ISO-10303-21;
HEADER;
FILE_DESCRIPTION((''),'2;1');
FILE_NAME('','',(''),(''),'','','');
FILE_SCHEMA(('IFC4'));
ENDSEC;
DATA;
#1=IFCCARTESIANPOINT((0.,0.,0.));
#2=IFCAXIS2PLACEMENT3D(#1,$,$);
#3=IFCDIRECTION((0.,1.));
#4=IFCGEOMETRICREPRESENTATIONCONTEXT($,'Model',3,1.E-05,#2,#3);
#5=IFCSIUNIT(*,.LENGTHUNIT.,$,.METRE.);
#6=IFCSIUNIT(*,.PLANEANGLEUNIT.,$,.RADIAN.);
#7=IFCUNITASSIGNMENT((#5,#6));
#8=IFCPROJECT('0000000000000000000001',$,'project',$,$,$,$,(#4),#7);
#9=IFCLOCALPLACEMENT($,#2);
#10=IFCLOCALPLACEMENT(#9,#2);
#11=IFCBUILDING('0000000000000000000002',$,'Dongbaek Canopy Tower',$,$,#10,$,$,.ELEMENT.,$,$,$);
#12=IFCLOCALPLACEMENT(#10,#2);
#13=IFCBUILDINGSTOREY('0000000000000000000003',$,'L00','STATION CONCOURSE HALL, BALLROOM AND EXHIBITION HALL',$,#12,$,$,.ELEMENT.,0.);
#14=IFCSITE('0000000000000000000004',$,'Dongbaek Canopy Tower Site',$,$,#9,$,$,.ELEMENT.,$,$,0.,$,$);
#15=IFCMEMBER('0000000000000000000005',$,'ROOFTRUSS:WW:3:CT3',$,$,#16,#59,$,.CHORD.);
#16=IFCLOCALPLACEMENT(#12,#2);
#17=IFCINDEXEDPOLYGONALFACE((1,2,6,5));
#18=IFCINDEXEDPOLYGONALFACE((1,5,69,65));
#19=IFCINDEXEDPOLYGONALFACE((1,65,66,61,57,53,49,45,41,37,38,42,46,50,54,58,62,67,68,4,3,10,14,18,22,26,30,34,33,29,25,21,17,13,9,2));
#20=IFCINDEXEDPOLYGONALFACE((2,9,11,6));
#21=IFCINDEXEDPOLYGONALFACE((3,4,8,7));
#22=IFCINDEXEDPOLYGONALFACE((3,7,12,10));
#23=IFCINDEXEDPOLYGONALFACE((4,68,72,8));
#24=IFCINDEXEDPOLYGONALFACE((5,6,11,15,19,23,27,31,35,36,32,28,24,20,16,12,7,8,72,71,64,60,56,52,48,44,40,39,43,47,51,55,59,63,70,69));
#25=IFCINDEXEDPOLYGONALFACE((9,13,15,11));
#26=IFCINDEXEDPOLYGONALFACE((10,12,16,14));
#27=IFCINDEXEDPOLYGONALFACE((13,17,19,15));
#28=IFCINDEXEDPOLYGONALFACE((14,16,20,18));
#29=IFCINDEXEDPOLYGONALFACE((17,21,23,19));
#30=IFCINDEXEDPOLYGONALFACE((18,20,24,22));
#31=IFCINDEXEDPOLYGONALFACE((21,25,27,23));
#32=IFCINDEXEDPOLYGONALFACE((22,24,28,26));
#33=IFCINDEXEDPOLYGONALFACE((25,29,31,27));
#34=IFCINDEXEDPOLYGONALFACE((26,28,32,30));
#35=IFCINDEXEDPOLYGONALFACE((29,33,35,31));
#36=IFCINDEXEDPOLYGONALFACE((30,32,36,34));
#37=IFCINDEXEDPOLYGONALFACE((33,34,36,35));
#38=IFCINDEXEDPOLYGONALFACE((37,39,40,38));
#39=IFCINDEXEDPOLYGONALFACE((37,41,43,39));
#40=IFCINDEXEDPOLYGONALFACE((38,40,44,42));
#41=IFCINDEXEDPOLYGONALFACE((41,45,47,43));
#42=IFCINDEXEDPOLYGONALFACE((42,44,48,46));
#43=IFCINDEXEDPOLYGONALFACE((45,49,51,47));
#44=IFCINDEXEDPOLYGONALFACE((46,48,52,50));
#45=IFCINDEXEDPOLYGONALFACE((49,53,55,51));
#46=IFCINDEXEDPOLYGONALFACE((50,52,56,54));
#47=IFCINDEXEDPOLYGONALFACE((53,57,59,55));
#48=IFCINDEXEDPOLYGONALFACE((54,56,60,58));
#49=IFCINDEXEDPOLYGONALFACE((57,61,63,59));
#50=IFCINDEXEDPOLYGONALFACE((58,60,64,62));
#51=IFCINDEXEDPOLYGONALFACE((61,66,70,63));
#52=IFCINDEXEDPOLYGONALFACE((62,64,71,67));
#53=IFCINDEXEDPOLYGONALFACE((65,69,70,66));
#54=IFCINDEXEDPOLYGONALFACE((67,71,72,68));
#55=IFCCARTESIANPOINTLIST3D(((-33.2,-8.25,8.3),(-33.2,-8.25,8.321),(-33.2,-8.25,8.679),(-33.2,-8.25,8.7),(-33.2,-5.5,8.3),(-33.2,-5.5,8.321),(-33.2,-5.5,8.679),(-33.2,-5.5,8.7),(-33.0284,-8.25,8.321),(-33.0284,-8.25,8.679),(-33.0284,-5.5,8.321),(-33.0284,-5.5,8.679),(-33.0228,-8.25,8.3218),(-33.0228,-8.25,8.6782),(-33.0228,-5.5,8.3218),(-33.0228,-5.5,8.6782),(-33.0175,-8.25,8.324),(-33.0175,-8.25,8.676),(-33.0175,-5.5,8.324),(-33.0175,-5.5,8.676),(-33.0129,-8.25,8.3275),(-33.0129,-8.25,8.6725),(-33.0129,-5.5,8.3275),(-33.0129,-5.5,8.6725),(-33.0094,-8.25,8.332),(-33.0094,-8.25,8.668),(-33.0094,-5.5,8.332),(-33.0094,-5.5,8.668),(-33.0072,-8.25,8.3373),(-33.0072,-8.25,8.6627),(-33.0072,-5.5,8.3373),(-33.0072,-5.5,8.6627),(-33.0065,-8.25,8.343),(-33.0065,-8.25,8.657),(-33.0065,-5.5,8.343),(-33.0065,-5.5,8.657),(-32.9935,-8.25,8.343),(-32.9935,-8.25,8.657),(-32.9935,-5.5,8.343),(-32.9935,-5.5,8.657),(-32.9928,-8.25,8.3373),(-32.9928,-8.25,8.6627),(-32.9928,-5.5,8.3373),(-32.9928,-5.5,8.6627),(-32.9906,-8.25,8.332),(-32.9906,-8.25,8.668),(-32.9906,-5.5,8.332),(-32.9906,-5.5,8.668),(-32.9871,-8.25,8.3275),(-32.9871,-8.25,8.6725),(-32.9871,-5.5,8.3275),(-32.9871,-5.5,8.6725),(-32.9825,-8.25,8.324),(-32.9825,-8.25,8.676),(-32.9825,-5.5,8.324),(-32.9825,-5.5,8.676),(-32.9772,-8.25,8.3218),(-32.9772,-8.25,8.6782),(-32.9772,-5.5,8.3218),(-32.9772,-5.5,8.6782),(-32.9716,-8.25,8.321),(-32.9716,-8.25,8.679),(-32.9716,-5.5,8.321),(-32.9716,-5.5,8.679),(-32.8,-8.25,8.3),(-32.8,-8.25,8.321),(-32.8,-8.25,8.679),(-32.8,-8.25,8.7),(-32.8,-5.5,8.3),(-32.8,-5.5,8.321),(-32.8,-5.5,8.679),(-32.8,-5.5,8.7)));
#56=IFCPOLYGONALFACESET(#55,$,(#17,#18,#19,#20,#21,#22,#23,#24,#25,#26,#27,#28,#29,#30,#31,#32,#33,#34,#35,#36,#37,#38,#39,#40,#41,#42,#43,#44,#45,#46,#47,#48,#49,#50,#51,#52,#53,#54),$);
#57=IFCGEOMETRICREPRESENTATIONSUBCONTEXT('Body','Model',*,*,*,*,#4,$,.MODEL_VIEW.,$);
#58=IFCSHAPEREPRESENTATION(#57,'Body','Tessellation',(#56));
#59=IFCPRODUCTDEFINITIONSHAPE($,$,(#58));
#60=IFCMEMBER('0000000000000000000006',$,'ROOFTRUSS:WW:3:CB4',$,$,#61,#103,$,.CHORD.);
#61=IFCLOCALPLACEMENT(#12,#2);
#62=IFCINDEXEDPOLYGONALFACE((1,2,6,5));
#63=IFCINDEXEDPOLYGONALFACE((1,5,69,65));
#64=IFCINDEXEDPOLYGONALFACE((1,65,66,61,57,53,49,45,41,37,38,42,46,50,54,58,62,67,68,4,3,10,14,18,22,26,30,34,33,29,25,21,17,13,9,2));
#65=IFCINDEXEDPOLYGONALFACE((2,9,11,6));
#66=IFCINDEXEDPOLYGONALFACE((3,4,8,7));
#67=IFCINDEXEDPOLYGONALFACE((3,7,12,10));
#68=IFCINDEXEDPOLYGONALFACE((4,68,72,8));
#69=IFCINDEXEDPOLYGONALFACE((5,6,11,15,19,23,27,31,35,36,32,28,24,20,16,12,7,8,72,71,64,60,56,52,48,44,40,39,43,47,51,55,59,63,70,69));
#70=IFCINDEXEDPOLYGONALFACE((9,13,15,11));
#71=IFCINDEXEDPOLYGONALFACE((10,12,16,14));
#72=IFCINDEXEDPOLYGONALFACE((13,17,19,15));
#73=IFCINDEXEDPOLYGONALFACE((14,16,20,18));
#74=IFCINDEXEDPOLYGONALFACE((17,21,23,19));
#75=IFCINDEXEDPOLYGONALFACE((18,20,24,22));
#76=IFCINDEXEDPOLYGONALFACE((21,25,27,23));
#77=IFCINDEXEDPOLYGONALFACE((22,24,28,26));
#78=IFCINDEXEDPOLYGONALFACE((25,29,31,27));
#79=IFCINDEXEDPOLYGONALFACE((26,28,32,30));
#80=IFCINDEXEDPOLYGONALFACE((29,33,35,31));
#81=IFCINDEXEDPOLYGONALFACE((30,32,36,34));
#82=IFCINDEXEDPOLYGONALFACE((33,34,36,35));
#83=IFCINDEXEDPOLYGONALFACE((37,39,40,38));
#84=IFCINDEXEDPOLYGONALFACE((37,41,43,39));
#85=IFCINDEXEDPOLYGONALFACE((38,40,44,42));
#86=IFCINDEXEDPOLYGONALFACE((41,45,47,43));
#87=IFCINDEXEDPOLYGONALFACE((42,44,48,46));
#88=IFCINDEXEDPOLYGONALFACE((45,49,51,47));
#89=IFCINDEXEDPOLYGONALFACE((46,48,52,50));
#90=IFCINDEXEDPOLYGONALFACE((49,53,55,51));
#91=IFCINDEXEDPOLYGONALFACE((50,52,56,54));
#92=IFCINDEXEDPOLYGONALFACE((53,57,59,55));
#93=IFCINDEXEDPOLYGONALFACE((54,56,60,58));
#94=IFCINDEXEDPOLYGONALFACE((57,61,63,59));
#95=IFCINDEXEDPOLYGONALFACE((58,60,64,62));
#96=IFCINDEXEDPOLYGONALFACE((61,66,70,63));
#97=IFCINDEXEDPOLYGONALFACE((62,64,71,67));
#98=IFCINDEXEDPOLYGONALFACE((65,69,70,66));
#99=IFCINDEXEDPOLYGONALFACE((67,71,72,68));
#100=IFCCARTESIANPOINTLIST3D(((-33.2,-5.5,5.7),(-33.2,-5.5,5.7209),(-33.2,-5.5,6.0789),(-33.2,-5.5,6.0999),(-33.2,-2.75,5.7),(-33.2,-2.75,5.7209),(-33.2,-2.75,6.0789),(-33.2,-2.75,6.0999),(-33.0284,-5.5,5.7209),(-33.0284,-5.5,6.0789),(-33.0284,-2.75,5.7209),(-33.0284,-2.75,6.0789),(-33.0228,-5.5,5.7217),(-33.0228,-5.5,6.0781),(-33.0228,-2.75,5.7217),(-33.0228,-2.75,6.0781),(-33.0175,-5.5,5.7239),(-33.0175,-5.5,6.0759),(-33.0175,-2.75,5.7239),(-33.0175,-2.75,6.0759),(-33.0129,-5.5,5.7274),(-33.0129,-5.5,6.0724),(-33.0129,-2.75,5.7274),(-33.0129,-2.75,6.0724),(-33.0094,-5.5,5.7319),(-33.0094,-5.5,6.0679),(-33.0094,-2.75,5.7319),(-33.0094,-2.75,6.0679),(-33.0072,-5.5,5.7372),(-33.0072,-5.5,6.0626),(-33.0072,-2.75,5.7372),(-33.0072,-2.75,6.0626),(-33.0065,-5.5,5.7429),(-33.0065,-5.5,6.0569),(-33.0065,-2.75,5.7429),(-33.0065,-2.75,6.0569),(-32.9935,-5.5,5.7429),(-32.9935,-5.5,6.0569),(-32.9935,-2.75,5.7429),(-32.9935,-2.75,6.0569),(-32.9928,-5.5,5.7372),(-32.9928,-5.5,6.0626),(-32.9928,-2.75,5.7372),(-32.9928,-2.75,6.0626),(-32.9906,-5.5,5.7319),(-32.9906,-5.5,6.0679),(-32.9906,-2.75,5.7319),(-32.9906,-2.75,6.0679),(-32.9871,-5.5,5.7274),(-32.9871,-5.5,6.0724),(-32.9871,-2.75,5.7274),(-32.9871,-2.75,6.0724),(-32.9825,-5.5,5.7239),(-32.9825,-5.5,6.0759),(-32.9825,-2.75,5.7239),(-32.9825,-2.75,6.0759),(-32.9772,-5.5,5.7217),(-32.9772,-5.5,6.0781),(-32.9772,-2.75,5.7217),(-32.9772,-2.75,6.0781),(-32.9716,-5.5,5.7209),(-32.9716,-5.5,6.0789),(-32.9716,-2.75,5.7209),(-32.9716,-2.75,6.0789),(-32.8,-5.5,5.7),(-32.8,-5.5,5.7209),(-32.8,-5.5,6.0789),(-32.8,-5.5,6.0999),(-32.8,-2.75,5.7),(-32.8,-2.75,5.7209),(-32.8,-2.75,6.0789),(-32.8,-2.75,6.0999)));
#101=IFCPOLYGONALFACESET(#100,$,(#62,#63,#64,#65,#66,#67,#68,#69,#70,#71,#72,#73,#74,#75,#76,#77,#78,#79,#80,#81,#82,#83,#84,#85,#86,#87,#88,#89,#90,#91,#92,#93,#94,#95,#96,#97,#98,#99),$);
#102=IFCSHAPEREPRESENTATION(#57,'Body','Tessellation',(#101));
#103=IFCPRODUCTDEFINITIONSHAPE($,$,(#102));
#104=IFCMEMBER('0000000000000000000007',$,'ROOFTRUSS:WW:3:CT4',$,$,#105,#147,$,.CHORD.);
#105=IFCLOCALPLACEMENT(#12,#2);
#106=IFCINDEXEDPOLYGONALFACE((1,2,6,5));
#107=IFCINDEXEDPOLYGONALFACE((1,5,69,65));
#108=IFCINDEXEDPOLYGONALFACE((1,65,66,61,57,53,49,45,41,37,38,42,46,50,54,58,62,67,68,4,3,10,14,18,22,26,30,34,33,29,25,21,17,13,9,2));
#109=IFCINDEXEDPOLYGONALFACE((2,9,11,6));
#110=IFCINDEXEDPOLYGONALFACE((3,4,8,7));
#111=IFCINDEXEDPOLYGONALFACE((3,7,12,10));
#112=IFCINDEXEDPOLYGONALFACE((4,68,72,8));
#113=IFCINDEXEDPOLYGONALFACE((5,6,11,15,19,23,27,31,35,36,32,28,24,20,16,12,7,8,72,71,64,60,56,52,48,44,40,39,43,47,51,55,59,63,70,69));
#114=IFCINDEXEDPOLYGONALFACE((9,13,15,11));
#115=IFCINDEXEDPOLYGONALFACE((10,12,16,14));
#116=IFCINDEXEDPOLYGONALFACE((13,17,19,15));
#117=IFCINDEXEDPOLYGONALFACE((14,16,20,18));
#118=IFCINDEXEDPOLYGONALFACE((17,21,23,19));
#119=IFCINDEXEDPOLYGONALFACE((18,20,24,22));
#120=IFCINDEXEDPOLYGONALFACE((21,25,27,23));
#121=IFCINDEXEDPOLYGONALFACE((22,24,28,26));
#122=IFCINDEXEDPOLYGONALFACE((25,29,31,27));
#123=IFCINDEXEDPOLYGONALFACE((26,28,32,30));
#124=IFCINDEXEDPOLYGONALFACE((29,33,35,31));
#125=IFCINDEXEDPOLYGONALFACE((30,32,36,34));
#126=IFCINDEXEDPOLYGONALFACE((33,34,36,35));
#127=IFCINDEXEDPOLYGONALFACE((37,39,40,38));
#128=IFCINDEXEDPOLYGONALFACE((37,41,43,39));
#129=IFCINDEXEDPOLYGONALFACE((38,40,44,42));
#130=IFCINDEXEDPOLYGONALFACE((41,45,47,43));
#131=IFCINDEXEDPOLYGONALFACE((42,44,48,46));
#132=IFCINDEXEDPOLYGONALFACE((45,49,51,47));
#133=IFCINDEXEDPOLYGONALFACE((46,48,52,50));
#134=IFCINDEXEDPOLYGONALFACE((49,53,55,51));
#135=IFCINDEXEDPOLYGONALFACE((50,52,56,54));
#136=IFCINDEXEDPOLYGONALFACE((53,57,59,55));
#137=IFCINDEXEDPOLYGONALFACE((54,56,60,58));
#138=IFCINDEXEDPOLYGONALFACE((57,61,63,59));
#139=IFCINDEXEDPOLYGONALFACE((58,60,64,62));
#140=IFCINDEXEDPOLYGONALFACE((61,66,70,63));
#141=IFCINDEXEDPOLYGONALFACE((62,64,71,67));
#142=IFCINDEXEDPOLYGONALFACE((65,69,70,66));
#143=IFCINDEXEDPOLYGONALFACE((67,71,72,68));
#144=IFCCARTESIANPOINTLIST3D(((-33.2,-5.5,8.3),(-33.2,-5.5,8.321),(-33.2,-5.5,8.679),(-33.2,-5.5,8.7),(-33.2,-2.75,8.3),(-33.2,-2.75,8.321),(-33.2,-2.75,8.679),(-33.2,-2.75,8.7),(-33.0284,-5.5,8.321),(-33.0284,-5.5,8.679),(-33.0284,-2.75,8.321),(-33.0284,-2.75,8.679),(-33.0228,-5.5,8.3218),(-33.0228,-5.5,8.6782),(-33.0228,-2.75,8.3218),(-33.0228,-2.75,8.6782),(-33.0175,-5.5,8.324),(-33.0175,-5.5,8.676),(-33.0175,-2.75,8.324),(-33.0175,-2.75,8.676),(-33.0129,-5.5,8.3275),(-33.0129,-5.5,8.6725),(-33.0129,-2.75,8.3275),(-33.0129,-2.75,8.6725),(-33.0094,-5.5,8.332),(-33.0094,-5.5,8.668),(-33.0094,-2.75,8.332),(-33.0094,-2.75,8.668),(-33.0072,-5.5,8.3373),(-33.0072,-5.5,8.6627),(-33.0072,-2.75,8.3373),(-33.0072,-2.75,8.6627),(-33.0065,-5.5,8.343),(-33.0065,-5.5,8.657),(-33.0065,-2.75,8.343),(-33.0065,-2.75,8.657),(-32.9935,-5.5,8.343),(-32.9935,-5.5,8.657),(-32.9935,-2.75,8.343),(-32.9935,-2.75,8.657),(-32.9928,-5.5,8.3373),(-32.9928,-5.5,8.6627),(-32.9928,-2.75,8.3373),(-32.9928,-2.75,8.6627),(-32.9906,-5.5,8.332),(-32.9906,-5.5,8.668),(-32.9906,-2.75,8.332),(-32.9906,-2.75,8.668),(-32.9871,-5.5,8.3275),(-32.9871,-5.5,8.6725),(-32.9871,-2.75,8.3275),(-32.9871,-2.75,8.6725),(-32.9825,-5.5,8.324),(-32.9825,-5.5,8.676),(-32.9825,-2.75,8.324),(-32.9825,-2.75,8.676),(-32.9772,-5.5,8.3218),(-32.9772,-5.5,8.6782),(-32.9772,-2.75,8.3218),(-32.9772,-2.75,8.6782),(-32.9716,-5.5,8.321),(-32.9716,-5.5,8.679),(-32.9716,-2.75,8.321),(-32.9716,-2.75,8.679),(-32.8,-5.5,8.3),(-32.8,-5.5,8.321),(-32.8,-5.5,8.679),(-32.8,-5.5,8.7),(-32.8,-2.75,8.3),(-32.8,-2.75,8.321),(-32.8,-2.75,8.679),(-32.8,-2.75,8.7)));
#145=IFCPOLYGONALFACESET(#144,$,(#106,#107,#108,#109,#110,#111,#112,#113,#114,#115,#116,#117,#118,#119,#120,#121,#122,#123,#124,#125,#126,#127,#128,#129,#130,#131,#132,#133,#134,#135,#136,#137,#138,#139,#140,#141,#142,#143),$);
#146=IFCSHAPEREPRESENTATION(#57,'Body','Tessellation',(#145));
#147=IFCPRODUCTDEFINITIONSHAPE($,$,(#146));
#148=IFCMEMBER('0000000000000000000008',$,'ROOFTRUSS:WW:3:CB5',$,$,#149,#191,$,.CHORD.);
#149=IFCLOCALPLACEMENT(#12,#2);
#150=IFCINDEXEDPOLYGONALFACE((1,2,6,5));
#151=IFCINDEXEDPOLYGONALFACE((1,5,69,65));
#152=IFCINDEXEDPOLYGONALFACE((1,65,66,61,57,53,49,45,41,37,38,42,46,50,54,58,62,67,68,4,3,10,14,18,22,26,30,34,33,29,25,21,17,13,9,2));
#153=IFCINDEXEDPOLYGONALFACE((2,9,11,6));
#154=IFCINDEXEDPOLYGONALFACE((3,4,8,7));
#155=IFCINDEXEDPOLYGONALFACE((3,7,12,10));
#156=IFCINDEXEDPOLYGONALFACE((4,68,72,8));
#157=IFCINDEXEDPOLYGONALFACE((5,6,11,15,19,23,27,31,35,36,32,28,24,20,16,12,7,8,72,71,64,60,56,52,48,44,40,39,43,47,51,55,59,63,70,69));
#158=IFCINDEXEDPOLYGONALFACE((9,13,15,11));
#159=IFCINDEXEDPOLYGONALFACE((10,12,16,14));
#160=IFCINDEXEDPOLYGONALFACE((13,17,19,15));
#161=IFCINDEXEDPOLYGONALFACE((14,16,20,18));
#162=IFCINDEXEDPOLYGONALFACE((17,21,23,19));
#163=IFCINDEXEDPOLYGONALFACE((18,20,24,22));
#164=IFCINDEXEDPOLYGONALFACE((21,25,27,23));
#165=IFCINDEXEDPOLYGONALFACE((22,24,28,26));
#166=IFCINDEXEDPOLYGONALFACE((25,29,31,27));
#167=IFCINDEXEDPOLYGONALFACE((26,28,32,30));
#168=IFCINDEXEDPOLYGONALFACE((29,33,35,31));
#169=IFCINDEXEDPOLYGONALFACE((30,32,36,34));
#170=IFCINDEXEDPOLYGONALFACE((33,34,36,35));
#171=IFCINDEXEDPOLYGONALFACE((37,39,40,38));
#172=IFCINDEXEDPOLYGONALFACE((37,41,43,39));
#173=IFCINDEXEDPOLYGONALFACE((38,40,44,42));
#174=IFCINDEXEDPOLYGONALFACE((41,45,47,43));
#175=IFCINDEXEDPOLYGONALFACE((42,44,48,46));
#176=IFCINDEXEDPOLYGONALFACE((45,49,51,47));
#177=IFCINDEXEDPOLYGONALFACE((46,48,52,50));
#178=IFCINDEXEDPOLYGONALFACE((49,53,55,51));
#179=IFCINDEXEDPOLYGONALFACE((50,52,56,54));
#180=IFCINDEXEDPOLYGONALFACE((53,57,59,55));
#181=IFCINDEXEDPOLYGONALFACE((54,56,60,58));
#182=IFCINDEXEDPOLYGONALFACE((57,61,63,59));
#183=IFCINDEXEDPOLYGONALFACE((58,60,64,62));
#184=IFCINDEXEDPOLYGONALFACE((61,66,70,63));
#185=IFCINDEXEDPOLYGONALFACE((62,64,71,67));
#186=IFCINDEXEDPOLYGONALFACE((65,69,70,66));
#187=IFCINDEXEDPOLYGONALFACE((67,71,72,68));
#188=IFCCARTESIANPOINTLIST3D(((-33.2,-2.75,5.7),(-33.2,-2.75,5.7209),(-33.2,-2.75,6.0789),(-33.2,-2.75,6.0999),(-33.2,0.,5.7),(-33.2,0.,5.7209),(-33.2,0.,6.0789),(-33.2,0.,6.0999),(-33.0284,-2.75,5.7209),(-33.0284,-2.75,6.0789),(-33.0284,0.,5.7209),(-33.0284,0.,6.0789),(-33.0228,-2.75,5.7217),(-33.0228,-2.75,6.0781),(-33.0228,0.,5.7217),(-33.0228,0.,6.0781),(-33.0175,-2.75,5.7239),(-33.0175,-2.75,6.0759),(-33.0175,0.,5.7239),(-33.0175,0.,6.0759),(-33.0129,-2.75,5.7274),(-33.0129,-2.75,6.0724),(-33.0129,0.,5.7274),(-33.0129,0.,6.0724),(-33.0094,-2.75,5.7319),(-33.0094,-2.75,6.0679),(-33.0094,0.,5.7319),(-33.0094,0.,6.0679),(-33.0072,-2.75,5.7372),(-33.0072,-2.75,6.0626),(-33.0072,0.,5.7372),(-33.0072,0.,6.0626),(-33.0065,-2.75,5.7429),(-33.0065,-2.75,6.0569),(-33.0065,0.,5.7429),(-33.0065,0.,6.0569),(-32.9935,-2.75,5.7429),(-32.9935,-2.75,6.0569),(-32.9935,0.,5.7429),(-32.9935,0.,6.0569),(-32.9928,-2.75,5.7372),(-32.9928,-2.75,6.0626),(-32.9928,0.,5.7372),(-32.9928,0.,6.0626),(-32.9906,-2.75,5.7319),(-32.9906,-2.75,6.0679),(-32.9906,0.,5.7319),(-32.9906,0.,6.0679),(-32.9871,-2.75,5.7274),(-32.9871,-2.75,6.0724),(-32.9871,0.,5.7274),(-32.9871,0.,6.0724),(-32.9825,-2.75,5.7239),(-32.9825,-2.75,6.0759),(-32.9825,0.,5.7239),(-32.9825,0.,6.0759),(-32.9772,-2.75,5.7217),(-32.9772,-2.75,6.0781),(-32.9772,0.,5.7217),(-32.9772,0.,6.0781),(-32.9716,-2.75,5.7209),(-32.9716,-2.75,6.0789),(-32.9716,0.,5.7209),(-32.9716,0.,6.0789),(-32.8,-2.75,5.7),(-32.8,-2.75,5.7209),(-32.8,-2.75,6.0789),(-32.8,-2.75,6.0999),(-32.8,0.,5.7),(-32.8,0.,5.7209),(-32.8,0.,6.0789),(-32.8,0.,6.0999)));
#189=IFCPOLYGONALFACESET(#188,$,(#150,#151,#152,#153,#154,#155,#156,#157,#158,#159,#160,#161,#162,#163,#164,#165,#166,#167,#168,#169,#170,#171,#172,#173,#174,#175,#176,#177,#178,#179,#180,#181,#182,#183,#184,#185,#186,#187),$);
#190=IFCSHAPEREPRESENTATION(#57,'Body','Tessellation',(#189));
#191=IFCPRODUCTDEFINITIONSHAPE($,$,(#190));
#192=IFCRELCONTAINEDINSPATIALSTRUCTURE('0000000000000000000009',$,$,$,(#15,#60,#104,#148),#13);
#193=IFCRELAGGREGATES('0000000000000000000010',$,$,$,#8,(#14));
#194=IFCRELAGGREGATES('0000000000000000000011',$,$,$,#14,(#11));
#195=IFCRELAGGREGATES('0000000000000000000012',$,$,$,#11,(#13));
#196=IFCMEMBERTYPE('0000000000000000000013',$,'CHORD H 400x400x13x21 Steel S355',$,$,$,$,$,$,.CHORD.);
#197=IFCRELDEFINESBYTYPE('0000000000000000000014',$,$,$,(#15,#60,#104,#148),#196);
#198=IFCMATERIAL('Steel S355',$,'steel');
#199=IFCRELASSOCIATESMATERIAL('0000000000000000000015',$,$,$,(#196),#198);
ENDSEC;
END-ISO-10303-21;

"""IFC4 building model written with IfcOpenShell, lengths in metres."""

from ifc_helpers import new_model, si_unit, direction, frame, origin, origin_2d, place, context, subcontext, project, spatial, i_section, extrude, material, material_profile, profile_set, type_object, element, save


model = new_model("IFC4")

# Units and contexts
model_context = context("Model", 3, precision=1e-05, world=origin(), true_north=direction((0.0, 1.0)))
body_context = subcontext(model_context, "Body", "Model", "MODEL_VIEW")
ifc_project = project(units=[si_unit("LENGTHUNIT", "METRE"), si_unit("PLANEANGLEUNIT", "RADIAN")], contexts=[model_context])

# Site, building, storey
site_placement = place(None, origin())
site = spatial("IfcSite", under=ifc_project, at=site_placement, Name="Dongbaek Canopy Tower Site", CompositionType="ELEMENT", RefElevation=0.0)
building_placement = place(site_placement, origin())
building = spatial("IfcBuilding", under=site, at=building_placement, Name="Dongbaek Canopy Tower", CompositionType="ELEMENT")
storey_placement = place(building_placement, origin())
storey = spatial("IfcBuildingStorey", under=building, at=storey_placement, Name="L00", Description="STATION CONCOURSE HALL, BALLROOM AND EXHIBITION HALL", CompositionType="ELEMENT", Elevation=0.0)

# Members
ifc_material_1 = material(Name="Steel S355", Category="steel")
ifc_material_profile_1 = material_profile(ifc_material_1, i_section(OverallWidth=0.3999, OverallDepth=0.3999, WebThickness=0.0129, FlangeThickness=0.021, FilletRadius=0.022, at=origin_2d()), Name="CHORD H 400x400x13x21 Steel S355")
ifc_profile_set_1 = profile_set([ifc_material_profile_1], Name="Steel S355")
member_type_1 = type_object("IfcMemberType", Name="CHORD H 400x400x13x21 Steel S355", PredefinedType="CHORD", material=ifc_profile_set_1)
for number, where, z_axis, x_axis, name in (
    (1, (-33.0, -8.25, 8.5), (0.0, 1.0, 0.0), (-1.0, 0.0, 0.0), "ROOFTRUSS:WW:3:CT3"),
    (2, (-33.0, -5.5, 5.8999), (0.0, 1.0, 0.0), (-1.0, 0.0, 0.0), "ROOFTRUSS:WW:3:CB4"),
    (3, (-33.0, -5.5, 8.5), (0.0, 1.0, 0.0), (-1.0, 0.0, 0.0), "ROOFTRUSS:WW:3:CT4"),
    (4, (-33.0, -2.75, 5.8999), (0.0, 1.0, 0.0), (-1.0, 0.0, 0.0), "ROOFTRUSS:WW:3:CB5"),
):
    element("IfcMember", number, at=place(storey_placement, frame(where, z_axis=z_axis, x_axis=x_axis)), inside=storey, type_object=member_type_1, Name=name, PredefinedType="CHORD", context=body_context, shape_type="SweptSolid", body=[
        extrude(i_section(OverallWidth=0.3999, OverallDepth=0.3999, WebThickness=0.0129, FlangeThickness=0.021, FilletRadius=0.022, at=origin_2d()), origin(), (0.0, 0.0, 1.0), 2.75),
    ])

save(model, "model.ifc")
